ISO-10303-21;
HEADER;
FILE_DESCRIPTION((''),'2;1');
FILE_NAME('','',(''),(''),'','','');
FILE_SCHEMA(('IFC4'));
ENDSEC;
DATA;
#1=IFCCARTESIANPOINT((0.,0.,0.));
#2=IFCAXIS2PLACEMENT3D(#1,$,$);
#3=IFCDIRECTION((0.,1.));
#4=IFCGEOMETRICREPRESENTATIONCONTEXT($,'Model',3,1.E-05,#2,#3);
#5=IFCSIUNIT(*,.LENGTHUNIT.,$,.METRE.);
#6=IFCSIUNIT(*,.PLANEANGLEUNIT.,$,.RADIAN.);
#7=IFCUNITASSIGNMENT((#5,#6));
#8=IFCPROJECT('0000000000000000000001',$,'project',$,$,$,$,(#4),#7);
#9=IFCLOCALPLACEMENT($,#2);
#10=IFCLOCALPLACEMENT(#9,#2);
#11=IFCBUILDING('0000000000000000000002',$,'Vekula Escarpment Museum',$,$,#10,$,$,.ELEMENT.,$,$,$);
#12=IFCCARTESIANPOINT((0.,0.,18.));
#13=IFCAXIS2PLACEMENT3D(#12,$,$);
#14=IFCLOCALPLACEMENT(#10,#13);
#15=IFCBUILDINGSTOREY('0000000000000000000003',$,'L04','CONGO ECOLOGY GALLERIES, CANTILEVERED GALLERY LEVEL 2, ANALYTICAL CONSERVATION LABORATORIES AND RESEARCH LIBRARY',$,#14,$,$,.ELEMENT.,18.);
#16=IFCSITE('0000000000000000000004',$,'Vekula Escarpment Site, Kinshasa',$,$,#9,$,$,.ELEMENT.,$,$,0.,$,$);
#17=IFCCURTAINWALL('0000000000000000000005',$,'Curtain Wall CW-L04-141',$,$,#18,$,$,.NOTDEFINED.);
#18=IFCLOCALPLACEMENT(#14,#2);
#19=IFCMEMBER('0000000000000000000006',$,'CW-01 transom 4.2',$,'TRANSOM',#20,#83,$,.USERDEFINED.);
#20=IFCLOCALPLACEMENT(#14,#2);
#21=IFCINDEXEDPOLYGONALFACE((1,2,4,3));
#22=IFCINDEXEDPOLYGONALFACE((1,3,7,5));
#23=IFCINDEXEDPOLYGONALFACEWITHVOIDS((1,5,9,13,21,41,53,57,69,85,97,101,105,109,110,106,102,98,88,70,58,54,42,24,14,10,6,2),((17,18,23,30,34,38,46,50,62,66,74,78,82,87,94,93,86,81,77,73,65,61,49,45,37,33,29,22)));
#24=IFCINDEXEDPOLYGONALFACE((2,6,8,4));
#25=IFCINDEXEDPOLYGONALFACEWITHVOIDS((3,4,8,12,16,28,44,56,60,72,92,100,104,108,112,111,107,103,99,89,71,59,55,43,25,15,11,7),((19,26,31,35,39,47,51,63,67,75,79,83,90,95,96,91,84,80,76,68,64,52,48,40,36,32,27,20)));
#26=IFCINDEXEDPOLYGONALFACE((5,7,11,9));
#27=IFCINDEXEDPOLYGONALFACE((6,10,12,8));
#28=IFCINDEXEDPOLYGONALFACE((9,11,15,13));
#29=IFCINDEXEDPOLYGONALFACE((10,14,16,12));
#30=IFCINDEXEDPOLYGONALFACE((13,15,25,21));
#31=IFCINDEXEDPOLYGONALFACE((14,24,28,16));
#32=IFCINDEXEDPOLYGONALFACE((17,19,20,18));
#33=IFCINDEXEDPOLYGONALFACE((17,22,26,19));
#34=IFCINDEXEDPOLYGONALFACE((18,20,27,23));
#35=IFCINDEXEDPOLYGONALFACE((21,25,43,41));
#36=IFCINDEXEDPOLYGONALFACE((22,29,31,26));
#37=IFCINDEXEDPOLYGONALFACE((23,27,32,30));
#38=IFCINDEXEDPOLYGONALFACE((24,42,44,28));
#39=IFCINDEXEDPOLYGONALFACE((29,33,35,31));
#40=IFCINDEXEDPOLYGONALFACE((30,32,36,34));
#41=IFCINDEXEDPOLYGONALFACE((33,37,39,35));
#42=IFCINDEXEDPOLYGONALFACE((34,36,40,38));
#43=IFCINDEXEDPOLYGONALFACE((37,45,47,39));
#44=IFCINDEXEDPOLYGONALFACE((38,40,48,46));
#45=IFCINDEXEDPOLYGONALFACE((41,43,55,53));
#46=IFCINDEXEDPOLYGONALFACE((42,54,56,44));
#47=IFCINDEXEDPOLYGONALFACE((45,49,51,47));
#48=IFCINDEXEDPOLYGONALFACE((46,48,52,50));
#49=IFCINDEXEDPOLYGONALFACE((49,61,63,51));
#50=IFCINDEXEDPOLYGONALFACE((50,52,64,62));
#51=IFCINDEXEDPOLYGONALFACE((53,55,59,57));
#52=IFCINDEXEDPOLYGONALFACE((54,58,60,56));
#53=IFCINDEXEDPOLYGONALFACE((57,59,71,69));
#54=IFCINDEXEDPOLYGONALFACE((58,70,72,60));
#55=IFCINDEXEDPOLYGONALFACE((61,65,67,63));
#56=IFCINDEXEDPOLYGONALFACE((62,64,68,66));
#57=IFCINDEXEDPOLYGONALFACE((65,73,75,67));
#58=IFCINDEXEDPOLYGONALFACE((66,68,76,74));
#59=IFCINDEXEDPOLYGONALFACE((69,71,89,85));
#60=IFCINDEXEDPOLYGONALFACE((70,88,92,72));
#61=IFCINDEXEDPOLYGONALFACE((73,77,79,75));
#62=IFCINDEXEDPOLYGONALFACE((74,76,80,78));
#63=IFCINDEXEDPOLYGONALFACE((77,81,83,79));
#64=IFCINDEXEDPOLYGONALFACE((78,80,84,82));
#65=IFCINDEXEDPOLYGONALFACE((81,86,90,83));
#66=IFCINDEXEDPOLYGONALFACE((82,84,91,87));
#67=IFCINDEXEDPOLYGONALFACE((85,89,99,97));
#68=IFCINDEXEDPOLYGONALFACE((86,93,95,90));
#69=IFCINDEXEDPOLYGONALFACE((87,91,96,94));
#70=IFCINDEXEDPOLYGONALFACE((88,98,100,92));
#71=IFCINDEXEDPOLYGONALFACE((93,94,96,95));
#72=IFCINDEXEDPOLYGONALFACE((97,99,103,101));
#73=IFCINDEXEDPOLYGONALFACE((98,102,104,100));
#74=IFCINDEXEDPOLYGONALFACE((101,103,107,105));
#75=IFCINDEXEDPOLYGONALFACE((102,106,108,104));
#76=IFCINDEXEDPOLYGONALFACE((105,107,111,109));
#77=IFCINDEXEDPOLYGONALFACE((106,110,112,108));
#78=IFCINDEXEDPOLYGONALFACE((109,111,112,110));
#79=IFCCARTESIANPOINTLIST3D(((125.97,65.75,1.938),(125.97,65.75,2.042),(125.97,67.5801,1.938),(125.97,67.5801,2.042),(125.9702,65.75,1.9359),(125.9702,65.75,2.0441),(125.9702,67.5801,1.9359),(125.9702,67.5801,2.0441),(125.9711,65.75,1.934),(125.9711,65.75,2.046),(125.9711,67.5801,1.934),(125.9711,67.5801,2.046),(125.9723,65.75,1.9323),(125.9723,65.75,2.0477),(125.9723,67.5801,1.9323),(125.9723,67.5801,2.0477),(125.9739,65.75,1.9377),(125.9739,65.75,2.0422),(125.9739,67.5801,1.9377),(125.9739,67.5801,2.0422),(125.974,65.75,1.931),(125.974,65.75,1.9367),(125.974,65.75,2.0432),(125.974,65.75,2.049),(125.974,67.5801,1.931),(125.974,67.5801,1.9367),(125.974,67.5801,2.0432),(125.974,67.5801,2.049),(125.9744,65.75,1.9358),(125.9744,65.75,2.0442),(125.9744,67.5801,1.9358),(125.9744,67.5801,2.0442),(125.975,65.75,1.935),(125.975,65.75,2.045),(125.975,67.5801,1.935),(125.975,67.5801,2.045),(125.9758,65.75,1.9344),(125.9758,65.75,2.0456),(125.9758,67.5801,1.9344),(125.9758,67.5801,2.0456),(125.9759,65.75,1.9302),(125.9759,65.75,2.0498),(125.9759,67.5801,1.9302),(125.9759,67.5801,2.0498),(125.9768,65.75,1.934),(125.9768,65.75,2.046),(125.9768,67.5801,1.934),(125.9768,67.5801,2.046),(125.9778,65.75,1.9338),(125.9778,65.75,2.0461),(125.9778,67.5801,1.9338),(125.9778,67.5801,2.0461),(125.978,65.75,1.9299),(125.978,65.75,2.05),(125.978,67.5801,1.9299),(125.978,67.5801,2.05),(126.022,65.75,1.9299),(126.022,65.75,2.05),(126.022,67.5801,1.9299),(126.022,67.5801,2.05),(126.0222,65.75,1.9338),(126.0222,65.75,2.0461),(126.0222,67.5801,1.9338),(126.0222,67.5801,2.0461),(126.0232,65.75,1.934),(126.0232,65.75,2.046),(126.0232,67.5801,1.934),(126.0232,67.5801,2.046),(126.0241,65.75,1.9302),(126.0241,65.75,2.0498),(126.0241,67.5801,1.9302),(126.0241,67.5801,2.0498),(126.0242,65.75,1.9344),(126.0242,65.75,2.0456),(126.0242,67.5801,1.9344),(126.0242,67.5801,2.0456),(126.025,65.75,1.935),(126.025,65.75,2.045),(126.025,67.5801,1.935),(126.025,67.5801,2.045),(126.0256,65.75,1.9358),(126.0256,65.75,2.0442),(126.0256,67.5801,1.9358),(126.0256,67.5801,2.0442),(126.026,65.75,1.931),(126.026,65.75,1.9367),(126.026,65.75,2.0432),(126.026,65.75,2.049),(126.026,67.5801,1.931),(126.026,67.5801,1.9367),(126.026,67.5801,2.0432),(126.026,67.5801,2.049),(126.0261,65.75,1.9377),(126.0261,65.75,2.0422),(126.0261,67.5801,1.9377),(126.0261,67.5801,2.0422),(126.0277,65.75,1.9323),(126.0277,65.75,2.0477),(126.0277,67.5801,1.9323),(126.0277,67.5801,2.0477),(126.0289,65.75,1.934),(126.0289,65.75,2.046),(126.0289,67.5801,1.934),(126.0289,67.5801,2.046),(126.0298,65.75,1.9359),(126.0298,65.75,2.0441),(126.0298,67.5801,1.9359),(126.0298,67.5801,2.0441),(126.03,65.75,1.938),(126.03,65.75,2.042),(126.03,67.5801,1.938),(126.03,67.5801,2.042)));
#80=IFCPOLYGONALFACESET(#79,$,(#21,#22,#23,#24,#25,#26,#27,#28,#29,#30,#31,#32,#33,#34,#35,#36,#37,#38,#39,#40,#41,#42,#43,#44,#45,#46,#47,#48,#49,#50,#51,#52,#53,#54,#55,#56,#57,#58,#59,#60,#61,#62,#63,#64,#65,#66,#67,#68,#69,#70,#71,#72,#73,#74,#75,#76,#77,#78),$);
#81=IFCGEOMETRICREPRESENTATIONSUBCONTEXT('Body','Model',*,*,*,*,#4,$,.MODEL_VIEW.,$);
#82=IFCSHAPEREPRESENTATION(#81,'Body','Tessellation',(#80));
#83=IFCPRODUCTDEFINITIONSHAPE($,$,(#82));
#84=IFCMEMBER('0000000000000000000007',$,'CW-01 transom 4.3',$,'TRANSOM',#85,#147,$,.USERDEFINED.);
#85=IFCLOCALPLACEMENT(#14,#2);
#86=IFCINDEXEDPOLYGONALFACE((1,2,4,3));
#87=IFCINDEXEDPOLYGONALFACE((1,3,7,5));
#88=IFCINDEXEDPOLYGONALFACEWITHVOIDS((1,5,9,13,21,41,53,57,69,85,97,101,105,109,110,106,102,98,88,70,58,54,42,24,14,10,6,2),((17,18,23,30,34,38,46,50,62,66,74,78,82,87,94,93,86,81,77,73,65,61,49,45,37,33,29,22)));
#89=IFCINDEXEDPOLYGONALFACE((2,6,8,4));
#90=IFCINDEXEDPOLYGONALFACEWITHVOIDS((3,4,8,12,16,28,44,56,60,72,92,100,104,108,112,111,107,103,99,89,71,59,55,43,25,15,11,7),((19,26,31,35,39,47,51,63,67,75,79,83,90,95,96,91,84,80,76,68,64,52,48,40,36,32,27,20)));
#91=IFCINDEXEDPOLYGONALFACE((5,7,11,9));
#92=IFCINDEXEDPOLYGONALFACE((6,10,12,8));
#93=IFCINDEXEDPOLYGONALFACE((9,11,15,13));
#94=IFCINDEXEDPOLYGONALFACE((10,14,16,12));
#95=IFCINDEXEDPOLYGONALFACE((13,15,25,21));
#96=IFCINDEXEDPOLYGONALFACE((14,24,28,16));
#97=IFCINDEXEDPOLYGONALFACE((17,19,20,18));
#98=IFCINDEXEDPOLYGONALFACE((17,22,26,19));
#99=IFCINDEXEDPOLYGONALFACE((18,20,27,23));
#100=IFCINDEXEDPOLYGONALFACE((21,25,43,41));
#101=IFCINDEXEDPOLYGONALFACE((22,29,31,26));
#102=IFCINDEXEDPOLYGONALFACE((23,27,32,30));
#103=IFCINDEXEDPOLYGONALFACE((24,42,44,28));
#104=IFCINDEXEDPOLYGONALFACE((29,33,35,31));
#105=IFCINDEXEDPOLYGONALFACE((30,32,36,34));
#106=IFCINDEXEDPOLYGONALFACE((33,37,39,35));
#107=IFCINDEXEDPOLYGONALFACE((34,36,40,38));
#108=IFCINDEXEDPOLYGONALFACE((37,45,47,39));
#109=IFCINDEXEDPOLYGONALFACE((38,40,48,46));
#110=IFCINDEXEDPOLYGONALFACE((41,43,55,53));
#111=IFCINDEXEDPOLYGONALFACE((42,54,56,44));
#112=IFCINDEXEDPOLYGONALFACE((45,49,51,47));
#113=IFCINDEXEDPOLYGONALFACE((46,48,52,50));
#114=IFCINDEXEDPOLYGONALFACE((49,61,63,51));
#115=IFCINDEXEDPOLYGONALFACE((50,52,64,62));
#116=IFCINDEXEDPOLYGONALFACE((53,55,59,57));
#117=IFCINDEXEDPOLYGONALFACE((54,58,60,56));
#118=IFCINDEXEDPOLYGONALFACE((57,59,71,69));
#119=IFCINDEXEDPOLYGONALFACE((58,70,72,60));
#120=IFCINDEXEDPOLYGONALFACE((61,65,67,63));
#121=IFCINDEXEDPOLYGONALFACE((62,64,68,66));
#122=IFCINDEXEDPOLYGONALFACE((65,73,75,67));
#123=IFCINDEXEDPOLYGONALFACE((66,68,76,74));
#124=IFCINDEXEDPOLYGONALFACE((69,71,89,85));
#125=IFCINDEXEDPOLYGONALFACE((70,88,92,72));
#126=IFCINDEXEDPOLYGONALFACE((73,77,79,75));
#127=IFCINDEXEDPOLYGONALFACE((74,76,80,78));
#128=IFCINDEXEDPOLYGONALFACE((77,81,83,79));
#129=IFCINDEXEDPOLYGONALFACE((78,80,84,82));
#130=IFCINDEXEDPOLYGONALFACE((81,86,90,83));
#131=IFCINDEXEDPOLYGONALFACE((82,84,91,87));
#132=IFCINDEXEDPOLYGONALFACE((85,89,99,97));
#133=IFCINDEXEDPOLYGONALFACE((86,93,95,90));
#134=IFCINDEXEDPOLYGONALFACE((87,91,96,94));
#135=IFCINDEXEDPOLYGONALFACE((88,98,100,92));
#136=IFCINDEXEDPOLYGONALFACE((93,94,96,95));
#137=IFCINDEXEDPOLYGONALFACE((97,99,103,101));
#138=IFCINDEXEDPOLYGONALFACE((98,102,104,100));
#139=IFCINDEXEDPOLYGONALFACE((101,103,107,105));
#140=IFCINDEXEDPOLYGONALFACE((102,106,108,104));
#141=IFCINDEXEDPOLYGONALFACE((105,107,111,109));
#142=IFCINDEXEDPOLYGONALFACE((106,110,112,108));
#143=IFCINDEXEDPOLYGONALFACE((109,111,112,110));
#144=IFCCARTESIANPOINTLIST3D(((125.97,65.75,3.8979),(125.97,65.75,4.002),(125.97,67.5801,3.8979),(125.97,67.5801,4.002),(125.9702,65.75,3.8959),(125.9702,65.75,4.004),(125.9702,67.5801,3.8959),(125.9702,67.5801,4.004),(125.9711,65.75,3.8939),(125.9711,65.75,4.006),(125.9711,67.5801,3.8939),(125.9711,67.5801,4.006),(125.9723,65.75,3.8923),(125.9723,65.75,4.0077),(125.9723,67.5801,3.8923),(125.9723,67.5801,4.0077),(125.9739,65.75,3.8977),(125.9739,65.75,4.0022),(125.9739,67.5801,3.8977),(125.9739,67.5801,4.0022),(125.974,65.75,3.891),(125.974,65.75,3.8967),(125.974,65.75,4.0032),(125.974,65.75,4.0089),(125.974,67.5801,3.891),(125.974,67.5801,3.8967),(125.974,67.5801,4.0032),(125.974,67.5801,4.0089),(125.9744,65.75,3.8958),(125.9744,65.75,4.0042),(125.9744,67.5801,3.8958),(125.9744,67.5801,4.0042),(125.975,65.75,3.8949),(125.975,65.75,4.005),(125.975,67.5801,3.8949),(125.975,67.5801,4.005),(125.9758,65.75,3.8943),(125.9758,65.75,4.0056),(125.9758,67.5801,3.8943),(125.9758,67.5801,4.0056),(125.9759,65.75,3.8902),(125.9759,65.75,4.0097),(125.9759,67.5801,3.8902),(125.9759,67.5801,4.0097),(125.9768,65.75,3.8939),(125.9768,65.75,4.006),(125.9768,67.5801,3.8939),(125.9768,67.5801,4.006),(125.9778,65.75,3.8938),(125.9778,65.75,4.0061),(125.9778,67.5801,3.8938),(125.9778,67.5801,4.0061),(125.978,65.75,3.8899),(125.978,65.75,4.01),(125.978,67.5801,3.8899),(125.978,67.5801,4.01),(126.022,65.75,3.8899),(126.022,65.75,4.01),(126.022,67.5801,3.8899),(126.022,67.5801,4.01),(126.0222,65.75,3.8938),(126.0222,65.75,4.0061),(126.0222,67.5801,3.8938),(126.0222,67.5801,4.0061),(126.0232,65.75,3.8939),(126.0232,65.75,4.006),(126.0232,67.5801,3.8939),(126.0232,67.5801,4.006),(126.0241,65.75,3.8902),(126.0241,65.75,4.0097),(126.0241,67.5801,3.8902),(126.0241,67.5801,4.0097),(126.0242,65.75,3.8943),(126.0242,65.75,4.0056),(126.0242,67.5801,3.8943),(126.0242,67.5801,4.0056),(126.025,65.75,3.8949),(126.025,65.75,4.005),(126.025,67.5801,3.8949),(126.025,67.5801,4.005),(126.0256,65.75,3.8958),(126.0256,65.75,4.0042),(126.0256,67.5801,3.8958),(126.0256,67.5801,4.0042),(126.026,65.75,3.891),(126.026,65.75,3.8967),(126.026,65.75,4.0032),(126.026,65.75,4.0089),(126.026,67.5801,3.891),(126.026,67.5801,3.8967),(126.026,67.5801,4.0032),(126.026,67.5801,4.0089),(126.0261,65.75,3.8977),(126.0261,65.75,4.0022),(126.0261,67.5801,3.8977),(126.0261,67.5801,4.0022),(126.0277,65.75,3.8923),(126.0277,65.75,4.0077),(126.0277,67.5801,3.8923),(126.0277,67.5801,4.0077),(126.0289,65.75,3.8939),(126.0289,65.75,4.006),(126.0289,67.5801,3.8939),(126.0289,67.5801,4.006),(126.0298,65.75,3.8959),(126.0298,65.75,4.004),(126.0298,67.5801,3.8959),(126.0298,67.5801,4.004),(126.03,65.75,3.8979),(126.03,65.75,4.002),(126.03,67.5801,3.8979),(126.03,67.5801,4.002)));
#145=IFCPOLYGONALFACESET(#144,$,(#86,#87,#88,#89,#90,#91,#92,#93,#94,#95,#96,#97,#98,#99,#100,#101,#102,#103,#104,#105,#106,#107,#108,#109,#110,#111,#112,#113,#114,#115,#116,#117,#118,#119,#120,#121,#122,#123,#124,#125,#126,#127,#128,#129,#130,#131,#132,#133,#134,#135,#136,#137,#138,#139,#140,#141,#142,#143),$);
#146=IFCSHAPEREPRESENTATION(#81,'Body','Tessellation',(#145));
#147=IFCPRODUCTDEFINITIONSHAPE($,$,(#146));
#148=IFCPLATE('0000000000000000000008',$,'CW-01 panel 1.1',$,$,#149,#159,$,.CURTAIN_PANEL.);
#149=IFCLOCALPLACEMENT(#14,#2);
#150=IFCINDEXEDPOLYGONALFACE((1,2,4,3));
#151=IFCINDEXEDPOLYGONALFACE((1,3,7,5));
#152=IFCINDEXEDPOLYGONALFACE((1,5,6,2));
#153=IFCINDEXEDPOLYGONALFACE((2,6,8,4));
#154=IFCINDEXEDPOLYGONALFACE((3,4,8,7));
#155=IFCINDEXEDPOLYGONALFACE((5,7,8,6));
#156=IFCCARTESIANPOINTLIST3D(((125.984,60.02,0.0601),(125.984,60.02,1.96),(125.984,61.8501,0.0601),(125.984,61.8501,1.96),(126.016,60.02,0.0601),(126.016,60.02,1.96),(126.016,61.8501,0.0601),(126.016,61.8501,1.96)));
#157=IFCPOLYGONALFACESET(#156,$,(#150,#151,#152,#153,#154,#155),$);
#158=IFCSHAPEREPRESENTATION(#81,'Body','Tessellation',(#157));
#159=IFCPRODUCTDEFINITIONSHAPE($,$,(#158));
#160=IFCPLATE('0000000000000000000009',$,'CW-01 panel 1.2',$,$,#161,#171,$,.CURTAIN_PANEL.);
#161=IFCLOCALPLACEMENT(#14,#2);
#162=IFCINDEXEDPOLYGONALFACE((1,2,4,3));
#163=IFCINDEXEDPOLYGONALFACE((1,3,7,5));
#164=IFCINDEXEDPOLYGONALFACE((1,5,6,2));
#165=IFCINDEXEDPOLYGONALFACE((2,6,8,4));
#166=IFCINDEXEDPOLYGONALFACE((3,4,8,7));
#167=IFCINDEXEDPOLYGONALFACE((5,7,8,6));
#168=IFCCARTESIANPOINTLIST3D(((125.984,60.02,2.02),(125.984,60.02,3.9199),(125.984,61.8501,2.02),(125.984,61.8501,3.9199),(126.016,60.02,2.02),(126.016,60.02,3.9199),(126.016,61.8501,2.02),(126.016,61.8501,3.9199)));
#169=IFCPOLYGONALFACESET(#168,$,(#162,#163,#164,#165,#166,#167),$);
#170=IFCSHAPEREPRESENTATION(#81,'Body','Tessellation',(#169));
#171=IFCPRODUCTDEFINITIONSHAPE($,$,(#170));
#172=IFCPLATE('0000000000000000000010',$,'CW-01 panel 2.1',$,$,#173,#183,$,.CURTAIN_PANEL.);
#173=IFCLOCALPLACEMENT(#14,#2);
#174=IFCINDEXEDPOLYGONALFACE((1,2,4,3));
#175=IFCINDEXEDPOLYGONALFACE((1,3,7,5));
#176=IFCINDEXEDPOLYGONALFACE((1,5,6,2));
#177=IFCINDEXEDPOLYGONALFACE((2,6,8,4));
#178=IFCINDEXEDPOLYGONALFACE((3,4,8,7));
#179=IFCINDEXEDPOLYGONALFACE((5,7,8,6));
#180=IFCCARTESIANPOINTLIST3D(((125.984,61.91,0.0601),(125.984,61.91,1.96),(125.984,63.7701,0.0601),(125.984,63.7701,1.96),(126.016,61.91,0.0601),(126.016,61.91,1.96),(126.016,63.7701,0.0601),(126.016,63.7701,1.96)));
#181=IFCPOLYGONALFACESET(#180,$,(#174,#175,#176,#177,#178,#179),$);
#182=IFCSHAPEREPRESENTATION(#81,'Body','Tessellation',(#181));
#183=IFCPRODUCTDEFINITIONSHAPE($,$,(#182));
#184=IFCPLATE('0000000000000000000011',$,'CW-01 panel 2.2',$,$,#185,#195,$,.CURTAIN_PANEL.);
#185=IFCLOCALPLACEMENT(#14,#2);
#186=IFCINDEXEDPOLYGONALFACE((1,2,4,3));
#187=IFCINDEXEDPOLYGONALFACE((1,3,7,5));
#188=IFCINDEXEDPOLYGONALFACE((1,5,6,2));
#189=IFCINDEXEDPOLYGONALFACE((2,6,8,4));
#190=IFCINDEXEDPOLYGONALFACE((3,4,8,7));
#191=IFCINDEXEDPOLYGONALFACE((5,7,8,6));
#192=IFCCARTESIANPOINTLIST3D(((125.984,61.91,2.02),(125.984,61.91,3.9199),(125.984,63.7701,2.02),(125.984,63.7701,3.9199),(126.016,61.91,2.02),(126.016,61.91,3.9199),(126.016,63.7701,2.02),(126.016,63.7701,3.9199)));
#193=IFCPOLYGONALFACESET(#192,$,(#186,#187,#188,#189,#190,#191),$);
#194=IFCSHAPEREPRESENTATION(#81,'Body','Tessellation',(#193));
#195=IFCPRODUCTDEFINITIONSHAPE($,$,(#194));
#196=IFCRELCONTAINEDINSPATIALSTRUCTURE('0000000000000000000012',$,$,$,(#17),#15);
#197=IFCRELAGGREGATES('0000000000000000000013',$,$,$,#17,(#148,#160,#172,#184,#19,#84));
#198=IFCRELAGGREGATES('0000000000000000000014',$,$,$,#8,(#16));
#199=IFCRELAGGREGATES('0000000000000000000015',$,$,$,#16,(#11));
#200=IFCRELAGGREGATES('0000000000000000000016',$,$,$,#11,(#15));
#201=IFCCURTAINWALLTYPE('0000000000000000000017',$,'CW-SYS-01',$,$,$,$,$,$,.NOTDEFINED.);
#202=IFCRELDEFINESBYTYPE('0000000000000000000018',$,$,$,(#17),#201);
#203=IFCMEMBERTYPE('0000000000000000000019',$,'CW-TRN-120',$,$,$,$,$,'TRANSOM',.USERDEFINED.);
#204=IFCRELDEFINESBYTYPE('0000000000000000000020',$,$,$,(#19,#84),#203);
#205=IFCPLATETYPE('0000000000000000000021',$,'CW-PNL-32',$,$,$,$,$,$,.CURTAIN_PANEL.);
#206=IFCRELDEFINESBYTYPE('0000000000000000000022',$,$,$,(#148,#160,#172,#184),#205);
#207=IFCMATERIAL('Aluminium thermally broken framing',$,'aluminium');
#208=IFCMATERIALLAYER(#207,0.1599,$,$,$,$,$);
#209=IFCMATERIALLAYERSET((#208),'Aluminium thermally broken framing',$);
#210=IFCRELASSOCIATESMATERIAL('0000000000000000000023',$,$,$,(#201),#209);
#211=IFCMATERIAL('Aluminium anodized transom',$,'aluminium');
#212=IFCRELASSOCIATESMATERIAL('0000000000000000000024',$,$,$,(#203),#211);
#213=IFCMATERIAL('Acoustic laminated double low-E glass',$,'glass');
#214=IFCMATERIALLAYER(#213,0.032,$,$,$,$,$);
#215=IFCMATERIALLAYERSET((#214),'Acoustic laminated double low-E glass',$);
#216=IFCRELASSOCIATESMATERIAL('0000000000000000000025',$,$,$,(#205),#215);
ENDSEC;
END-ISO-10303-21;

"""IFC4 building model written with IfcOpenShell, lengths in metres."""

from ifc_helpers import new_model, si_unit, direction, frame, origin, origin_2d, place, context, subcontext, project, spatial, rectangle, hollow_rectangle, extrude, material, layer, layer_set, material_profile, profile_set, type_object, element, aggregate, save


model = new_model("IFC4")

# Units and contexts
model_context = context("Model", 3, precision=1e-05, world=origin(), true_north=direction((0.0, 1.0)))
body_context = subcontext(model_context, "Body", "Model", "MODEL_VIEW")
ifc_project = project(units=[si_unit("LENGTHUNIT", "METRE"), si_unit("PLANEANGLEUNIT", "RADIAN")], contexts=[model_context])

# Site, building, storey
site_placement = place(None, origin())
site = spatial("IfcSite", under=ifc_project, at=site_placement, Name="Vekula Escarpment Site, Kinshasa", CompositionType="ELEMENT", RefElevation=0.0)
building_placement = place(site_placement, origin())
building = spatial("IfcBuilding", under=site, at=building_placement, Name="Vekula Escarpment Museum", CompositionType="ELEMENT")
storey_placement = place(building_placement, frame((0.0, 0.0, 18.0)))
storey = spatial("IfcBuildingStorey", under=building, at=storey_placement, Name="L04", Description="CONGO ECOLOGY GALLERIES, CANTILEVERED GALLERY LEVEL 2, ANALYTICAL CONSERVATION LABORATORIES AND RESEARCH LIBRARY", CompositionType="ELEMENT", Elevation=18.0)

# Curtain wall, members, plates
ifc_material_1 = material(Name="Aluminium thermally broken framing", Category="aluminium")
ifc_layer_1 = layer(ifc_material_1, 0.1599)
ifc_layer_set_1 = layer_set([ifc_layer_1], Name="Aluminium thermally broken framing")
curtain_wall_type = type_object("IfcCurtainWallType", Name="CW-SYS-01", PredefinedType="NOTDEFINED", material=ifc_layer_set_1)
curtain_wall_placement = place(storey_placement, origin())
curtain_wall = element("IfcCurtainWall", 1, at=curtain_wall_placement, inside=storey, type_object=curtain_wall_type, Name="Curtain Wall CW-L04-141", PredefinedType="NOTDEFINED")
ifc_material_2 = material(Name="Aluminium anodized transom", Category="aluminium")
ifc_material_profile_1 = material_profile(ifc_material_2, hollow_rectangle(XDim=0.0601, YDim=0.1201, WallThickness=0.0039, InnerFilletRadius=0.0039, OuterFilletRadius=0.0081, at=origin_2d()), Name="ALU 120x60x4")
ifc_profile_set_1 = profile_set([ifc_material_profile_1], Name="Aluminium anodized transom")
member_type_1 = type_object("IfcMemberType", Name="CW-TRN-120", ElementType="TRANSOM", PredefinedType="USERDEFINED", material=ifc_profile_set_1)
member_1_placement = place(storey_placement, frame((126.0, 65.75, 1.99), z_axis=(0.0, 1.0, 0.0), x_axis=(-1.0, 0.0, 0.0)))
member_1 = element("IfcMember", 2, at=member_1_placement, type_object=member_type_1, Name="CW-01 transom 4.2", ObjectType="TRANSOM", PredefinedType="USERDEFINED", context=body_context, shape_type="SweptSolid", body=[
    extrude(hollow_rectangle(XDim=0.0601, YDim=0.1201, WallThickness=0.0039, InnerFilletRadius=0.0039, OuterFilletRadius=0.0081, at=origin_2d()), origin(), (0.0, 0.0, 1.0), 1.8301),
])
member_2_placement = place(storey_placement, frame((126.0, 65.75, 3.95), z_axis=(0.0, 1.0, 0.0), x_axis=(-1.0, 0.0, 0.0)))
member_2 = element("IfcMember", 3, at=member_2_placement, type_object=member_type_1, Name="CW-01 transom 4.3", ObjectType="TRANSOM", PredefinedType="USERDEFINED", context=body_context, shape_type="SweptSolid", body=[
    extrude(hollow_rectangle(XDim=0.0601, YDim=0.1201, WallThickness=0.0039, InnerFilletRadius=0.0039, OuterFilletRadius=0.0081, at=origin_2d()), origin(), (0.0, 0.0, 1.0), 1.8301),
])
ifc_material_3 = material(Name="Acoustic laminated double low-E glass", Category="glass")
ifc_layer_2 = layer(ifc_material_3, 0.032)
ifc_layer_set_2 = layer_set([ifc_layer_2], Name="Acoustic laminated double low-E glass")
plate_type = type_object("IfcPlateType", Name="CW-PNL-32", PredefinedType="CURTAIN_PANEL", material=ifc_layer_set_2)
plate_1_placement = place(storey_placement, frame((126.0, 60.9351, 0.0601), z_axis=(0.0, 0.0, 1.0), x_axis=(0.0, 1.0, 0.0)))
plate_1 = element("IfcPlate", 4, at=plate_1_placement, type_object=plate_type, Name="CW-01 panel 1.1", PredefinedType="CURTAIN_PANEL", context=body_context, shape_type="SweptSolid", body=[
    extrude(rectangle(XDim=1.8301, YDim=0.032, at=origin_2d()), origin(), (0.0, 0.0, 1.0), 1.8999),
])
plate_2_placement = place(storey_placement, frame((126.0, 60.9351, 2.02), z_axis=(0.0, 0.0, 1.0), x_axis=(0.0, 1.0, 0.0)))
plate_2 = element("IfcPlate", 5, at=plate_2_placement, type_object=plate_type, Name="CW-01 panel 1.2", PredefinedType="CURTAIN_PANEL", context=body_context, shape_type="SweptSolid", body=[
    extrude(rectangle(XDim=1.8301, YDim=0.032, at=origin_2d()), origin(), (0.0, 0.0, 1.0), 1.8999),
])
plate_3_placement = place(storey_placement, frame((126.0, 62.8401, 0.0601), z_axis=(0.0, 0.0, 1.0), x_axis=(0.0, 1.0, 0.0)))
plate_3 = element("IfcPlate", 6, at=plate_3_placement, type_object=plate_type, Name="CW-01 panel 2.1", PredefinedType="CURTAIN_PANEL", context=body_context, shape_type="SweptSolid", body=[
    extrude(rectangle(XDim=1.8601, YDim=0.032, at=origin_2d()), origin(), (0.0, 0.0, 1.0), 1.8999),
])
plate_4_placement = place(storey_placement, frame((126.0, 62.8401, 2.02), z_axis=(0.0, 0.0, 1.0), x_axis=(0.0, 1.0, 0.0)))
plate_4 = element("IfcPlate", 7, at=plate_4_placement, type_object=plate_type, Name="CW-01 panel 2.2", PredefinedType="CURTAIN_PANEL", context=body_context, shape_type="SweptSolid", body=[
    extrude(rectangle(XDim=1.8601, YDim=0.032, at=origin_2d()), origin(), (0.0, 0.0, 1.0), 1.8999),
])
aggregate(curtain_wall, [plate_1, plate_2, plate_3, plate_4, member_1, member_2])

save(model, "model.ifc")
